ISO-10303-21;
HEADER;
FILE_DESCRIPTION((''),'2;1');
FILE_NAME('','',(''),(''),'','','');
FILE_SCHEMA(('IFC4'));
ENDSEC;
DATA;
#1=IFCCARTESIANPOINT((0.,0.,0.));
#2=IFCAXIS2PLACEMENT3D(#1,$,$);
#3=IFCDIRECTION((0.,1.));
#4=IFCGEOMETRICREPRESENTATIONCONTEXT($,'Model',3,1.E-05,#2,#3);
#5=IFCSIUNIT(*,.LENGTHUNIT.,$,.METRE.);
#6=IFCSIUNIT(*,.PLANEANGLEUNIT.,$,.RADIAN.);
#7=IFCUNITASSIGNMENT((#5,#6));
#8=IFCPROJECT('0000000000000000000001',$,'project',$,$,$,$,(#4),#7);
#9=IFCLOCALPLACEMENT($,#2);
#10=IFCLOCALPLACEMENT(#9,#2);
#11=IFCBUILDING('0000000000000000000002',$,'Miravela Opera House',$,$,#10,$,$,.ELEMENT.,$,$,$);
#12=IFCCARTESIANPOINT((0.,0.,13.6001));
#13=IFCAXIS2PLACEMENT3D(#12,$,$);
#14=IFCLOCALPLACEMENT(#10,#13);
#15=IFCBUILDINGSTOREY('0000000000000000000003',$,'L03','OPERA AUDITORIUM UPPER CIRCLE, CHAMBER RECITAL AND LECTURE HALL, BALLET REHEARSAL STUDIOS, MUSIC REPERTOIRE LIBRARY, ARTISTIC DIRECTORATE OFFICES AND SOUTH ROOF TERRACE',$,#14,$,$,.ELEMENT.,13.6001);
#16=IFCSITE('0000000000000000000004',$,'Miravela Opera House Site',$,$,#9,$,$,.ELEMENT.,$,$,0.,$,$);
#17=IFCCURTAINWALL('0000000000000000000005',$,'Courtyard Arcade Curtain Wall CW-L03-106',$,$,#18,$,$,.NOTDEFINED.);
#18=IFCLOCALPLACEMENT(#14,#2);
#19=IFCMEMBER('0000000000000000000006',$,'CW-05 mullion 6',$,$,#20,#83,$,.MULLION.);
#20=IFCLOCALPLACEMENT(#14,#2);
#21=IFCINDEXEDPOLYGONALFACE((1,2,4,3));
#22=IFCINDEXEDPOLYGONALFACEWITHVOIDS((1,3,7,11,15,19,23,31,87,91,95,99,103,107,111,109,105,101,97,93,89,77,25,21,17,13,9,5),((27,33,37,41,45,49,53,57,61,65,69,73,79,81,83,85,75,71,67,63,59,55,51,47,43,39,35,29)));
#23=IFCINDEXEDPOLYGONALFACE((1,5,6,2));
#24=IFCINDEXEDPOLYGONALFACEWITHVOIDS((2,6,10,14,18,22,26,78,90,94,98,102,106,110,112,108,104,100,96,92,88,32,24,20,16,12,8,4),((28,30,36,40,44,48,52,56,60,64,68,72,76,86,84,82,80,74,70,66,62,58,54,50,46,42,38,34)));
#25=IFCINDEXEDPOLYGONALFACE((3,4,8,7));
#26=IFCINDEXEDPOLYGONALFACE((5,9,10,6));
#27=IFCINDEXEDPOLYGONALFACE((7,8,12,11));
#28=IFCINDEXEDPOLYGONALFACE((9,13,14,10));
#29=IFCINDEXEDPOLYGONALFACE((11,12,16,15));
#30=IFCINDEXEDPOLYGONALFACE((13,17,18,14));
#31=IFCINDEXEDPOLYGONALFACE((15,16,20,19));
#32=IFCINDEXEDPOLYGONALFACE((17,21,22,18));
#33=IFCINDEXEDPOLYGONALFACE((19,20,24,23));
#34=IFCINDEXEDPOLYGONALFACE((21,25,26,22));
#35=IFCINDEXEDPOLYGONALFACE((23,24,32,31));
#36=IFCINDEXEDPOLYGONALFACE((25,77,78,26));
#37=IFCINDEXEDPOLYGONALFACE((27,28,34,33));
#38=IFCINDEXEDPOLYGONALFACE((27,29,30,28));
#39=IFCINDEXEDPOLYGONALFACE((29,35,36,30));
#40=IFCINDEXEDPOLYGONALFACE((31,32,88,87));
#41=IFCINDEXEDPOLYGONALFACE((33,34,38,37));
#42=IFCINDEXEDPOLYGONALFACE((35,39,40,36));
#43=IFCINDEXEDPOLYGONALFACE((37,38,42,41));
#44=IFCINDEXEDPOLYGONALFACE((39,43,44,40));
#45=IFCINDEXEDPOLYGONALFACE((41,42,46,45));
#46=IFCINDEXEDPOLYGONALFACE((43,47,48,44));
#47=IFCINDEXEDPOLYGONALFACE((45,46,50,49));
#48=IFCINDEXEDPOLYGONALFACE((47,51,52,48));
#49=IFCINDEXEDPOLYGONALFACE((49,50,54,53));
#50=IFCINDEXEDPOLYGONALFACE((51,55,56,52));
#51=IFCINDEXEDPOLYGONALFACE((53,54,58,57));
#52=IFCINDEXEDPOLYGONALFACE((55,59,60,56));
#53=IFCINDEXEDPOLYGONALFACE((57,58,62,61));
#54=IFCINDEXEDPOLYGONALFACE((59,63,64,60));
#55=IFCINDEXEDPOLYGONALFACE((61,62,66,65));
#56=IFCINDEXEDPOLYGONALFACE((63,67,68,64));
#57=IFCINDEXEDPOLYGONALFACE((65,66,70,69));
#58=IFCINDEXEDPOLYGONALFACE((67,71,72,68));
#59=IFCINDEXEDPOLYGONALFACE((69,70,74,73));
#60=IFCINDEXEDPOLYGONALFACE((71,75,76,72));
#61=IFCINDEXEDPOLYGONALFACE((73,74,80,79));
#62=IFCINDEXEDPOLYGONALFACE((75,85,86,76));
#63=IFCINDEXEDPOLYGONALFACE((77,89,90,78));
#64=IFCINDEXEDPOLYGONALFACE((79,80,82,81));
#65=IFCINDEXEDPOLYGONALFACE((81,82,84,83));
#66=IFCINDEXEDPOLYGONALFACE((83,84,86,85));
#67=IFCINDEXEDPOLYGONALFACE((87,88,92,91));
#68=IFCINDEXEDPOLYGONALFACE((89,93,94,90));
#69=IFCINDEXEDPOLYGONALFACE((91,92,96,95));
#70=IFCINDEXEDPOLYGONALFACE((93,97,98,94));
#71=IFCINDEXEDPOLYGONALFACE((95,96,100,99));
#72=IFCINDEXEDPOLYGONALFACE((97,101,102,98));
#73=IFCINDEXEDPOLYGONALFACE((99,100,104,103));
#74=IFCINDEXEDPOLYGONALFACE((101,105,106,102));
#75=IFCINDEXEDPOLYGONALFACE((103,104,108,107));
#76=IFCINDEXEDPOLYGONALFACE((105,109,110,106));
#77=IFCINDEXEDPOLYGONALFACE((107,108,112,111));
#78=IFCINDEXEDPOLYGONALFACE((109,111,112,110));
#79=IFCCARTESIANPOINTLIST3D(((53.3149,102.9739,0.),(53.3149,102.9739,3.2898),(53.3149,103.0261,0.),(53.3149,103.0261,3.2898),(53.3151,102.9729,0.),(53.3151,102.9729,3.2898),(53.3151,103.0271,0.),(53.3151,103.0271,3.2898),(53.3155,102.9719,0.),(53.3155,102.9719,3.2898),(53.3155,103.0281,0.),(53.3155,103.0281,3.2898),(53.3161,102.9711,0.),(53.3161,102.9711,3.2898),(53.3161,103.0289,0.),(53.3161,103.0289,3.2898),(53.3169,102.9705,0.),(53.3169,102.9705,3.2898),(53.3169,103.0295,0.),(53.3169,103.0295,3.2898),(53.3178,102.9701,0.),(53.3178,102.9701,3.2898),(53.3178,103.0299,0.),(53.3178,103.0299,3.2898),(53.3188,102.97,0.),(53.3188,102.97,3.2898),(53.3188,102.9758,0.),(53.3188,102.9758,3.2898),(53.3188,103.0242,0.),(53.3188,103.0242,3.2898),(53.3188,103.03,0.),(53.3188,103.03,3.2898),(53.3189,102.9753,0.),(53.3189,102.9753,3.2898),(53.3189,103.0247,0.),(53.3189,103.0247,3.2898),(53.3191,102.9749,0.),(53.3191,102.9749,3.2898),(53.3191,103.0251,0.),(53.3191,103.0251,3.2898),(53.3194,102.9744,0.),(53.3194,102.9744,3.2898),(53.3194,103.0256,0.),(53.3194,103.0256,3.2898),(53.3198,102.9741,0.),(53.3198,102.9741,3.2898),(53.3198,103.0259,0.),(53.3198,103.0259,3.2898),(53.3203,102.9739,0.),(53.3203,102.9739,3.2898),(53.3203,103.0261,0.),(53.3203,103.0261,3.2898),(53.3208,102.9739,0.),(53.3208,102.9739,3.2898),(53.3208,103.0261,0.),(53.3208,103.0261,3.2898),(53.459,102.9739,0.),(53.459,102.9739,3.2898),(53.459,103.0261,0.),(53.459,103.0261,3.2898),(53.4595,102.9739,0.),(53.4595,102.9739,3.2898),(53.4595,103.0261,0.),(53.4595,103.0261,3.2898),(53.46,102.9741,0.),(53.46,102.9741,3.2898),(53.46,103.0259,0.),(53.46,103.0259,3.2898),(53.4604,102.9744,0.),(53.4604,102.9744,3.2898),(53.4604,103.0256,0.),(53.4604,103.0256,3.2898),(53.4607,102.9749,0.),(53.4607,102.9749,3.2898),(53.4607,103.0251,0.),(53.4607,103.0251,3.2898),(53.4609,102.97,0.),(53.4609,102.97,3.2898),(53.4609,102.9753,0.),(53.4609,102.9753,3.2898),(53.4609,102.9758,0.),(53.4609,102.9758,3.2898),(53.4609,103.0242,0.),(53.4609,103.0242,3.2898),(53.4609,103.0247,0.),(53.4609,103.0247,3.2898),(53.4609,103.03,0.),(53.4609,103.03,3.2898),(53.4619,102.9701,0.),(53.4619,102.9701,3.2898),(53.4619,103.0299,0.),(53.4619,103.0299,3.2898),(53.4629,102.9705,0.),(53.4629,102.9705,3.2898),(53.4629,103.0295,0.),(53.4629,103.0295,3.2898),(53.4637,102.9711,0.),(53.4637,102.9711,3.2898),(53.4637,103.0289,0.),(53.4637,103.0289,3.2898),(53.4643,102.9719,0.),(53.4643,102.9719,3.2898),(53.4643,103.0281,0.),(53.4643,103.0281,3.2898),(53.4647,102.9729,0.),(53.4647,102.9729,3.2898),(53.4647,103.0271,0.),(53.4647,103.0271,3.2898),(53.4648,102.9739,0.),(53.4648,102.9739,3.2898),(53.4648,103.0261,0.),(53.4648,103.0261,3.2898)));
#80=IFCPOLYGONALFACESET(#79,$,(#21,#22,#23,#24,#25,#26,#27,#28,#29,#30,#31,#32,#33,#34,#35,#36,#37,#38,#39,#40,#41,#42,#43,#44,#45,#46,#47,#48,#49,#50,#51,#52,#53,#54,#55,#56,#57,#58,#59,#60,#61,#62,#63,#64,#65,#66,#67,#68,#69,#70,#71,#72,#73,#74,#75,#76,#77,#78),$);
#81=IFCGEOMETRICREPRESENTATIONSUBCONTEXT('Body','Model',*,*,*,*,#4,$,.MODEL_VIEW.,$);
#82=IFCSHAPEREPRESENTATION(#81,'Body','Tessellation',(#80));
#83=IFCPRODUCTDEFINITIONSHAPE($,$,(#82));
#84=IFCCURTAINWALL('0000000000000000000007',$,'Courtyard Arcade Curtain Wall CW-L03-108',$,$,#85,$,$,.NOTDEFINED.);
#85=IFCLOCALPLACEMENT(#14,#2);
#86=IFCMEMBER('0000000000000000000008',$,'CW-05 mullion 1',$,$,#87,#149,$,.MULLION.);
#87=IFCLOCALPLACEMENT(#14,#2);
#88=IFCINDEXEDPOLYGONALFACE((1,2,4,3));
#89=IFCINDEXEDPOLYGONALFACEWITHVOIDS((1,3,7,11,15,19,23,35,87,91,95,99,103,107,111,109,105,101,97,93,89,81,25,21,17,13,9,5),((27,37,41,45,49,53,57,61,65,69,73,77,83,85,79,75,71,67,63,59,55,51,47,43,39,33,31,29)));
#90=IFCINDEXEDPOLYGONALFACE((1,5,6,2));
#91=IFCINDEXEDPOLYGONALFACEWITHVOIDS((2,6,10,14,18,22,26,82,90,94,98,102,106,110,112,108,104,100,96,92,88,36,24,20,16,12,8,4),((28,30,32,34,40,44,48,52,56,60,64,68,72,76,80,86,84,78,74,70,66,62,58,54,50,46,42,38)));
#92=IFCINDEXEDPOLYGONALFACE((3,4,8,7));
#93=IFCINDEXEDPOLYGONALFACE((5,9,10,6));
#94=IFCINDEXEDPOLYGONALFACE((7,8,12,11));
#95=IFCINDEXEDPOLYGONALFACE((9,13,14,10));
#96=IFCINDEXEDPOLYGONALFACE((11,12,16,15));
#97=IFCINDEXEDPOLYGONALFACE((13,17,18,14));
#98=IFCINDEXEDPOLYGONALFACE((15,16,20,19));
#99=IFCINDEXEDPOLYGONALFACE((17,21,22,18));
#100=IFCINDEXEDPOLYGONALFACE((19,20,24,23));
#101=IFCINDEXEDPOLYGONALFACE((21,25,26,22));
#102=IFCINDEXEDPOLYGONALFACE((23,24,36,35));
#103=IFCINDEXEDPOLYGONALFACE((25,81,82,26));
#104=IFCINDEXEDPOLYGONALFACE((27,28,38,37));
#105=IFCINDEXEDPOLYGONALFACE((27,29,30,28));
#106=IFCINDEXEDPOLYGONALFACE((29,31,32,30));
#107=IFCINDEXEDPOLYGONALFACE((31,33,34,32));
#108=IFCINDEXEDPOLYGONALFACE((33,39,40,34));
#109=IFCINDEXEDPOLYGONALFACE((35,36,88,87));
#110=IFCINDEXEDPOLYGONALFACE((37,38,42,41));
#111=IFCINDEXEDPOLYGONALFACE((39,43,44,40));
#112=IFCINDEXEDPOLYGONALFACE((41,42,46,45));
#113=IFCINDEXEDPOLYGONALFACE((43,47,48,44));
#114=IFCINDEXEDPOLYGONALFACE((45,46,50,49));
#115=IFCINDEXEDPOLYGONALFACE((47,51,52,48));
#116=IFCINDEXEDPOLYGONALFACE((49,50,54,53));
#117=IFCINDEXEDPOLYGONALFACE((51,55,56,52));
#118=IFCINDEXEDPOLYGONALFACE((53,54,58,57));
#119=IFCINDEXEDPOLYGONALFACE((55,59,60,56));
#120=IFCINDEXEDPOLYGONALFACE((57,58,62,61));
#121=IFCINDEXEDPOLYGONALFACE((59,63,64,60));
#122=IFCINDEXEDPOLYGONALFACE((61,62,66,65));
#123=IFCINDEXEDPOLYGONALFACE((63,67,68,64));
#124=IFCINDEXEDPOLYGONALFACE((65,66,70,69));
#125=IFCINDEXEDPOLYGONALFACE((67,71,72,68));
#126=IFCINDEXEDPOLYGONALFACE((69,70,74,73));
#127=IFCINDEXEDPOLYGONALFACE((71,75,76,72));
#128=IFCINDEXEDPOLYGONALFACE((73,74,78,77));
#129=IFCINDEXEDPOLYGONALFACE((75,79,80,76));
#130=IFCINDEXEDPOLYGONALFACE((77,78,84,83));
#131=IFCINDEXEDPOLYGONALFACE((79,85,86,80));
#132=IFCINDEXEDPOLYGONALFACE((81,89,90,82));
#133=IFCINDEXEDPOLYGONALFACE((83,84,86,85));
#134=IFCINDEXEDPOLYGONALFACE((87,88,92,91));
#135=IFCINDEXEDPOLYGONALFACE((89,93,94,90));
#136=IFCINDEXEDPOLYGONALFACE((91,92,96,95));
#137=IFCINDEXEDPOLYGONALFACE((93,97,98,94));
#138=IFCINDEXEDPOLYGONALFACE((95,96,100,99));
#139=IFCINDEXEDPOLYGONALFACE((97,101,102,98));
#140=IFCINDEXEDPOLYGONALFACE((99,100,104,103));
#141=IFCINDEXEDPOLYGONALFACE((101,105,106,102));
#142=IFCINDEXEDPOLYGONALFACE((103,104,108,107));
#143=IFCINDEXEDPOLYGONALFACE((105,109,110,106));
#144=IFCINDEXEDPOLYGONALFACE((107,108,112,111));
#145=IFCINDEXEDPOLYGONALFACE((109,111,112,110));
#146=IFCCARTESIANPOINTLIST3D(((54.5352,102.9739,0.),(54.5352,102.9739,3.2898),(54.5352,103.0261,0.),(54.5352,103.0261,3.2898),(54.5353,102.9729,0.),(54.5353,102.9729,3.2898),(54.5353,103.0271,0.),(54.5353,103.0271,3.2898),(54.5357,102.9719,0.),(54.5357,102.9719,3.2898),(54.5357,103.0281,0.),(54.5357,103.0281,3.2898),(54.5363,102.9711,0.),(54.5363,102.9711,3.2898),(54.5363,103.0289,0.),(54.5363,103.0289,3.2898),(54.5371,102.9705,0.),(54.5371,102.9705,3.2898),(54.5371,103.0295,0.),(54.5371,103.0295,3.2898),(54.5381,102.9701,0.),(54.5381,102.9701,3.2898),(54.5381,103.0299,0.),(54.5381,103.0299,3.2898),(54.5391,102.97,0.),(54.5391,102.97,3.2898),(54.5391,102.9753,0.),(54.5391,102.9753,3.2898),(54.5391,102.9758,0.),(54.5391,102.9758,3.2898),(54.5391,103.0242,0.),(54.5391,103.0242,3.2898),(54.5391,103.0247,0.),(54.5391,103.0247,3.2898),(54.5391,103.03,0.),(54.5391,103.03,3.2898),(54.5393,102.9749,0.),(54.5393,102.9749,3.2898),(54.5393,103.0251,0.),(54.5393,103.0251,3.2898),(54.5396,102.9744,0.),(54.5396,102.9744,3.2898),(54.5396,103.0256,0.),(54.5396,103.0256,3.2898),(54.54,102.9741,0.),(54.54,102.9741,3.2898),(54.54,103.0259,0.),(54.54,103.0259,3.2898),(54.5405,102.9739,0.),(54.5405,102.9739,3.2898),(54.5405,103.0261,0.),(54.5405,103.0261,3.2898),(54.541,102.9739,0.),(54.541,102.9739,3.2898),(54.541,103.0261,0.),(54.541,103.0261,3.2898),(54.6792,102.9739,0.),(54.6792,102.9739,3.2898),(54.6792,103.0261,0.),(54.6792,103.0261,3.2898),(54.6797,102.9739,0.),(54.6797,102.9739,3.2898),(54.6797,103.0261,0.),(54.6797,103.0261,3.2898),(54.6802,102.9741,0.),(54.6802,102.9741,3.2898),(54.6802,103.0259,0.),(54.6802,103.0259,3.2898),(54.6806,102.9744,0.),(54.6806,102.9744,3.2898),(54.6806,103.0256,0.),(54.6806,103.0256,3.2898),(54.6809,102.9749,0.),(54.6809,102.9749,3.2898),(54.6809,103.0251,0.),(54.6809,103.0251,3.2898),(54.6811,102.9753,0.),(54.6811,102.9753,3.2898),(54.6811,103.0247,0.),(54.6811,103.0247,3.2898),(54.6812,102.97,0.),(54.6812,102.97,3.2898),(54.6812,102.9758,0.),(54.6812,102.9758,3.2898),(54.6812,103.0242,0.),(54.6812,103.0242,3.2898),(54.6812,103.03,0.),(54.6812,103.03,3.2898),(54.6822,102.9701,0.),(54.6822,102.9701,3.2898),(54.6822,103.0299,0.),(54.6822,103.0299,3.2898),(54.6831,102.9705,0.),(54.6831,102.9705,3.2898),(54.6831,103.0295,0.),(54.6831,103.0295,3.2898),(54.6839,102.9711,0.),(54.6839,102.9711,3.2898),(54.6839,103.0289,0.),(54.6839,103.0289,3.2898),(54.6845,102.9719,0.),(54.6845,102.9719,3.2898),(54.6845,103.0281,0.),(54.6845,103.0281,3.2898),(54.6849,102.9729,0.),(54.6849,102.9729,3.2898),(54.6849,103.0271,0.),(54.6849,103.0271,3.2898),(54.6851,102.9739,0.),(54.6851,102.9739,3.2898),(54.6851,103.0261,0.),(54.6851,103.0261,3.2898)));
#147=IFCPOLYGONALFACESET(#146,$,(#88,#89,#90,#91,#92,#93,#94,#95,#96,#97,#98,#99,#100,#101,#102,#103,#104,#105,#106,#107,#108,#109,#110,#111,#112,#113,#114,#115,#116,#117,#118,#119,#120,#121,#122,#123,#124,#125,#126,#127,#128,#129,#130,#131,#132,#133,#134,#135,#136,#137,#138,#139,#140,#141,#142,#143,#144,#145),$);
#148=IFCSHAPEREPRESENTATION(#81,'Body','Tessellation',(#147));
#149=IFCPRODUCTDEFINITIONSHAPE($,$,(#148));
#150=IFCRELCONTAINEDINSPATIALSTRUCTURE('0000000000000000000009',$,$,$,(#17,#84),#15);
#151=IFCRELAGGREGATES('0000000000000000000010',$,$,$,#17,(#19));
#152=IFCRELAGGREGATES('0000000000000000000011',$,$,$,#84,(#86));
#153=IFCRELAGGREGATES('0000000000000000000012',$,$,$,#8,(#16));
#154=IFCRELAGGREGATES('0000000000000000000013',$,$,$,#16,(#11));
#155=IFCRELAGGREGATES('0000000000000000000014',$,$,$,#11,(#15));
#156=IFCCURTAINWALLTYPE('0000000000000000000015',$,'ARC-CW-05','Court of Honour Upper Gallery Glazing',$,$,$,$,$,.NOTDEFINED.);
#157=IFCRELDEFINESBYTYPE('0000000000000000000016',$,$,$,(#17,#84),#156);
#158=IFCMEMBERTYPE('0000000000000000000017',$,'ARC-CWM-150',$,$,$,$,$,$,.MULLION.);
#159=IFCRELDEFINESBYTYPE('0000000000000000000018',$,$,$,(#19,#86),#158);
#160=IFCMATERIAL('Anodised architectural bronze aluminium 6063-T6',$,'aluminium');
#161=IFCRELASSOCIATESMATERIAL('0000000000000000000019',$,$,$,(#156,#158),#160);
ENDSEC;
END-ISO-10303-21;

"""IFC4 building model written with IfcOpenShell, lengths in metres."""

from ifc_helpers import new_model, si_unit, direction, frame, origin, origin_2d, place, context, subcontext, project, spatial, hollow_rectangle, extrude, material, material_profile, profile_set, type_object, element, aggregate, save


model = new_model("IFC4")

# Units and contexts
model_context = context("Model", 3, precision=1e-05, world=origin(), true_north=direction((0.0, 1.0)))
body_context = subcontext(model_context, "Body", "Model", "MODEL_VIEW")
ifc_project = project(units=[si_unit("LENGTHUNIT", "METRE"), si_unit("PLANEANGLEUNIT", "RADIAN")], contexts=[model_context])

# Site, building, storey
site_placement = place(None, origin())
site = spatial("IfcSite", under=ifc_project, at=site_placement, Name="Miravela Opera House Site", CompositionType="ELEMENT", RefElevation=0.0)
building_placement = place(site_placement, origin())
building = spatial("IfcBuilding", under=site, at=building_placement, Name="Miravela Opera House", CompositionType="ELEMENT")
storey_placement = place(building_placement, frame((0.0, 0.0, 13.6001)))
storey = spatial("IfcBuildingStorey", under=building, at=storey_placement, Name="L03", Description="OPERA AUDITORIUM UPPER CIRCLE, CHAMBER RECITAL AND LECTURE HALL, BALLET REHEARSAL STUDIOS, MUSIC REPERTOIRE LIBRARY, ARTISTIC DIRECTORATE OFFICES AND SOUTH ROOF TERRACE", CompositionType="ELEMENT", Elevation=13.6001)

# Curtain walls, members
ifc_material_1 = material(Name="Anodised architectural bronze aluminium 6063-T6", Category="aluminium")
curtain_wall_type = type_object("IfcCurtainWallType", Name="ARC-CW-05", Description="Court of Honour Upper Gallery Glazing", PredefinedType="NOTDEFINED", material=ifc_material_1)
curtain_wall_1_placement = place(storey_placement, origin())
curtain_wall_1 = element("IfcCurtainWall", 1, at=curtain_wall_1_placement, inside=storey, type_object=curtain_wall_type, Name="Courtyard Arcade Curtain Wall CW-L03-106", PredefinedType="NOTDEFINED")
ifc_material_profile_1 = material_profile(ifc_material_1, hollow_rectangle(XDim=0.0601, YDim=0.1499, WallThickness=0.0039, InnerFilletRadius=0.002, OuterFilletRadius=0.0039, at=origin_2d()), Name="CWM-60X150")
ifc_profile_set_1 = profile_set([ifc_material_profile_1])
member_type_1 = type_object("IfcMemberType", Name="ARC-CWM-150", PredefinedType="MULLION", material=ifc_profile_set_1)
member_1_placement = place(storey_placement, frame((53.3899, 103.0, 0.0), z_axis=(0.0, 0.0, 1.0), x_axis=(0.0, 1.0, 0.0)))
member_1 = element("IfcMember", 2, at=member_1_placement, type_object=member_type_1, Name="CW-05 mullion 6", PredefinedType="MULLION", context=body_context, shape_type="SweptSolid", body=[
    extrude(hollow_rectangle(XDim=0.0601, YDim=0.1499, WallThickness=0.0039, InnerFilletRadius=0.002, OuterFilletRadius=0.0039, at=origin_2d()), origin(), (0.0, 0.0, 1.0), 3.2898),
])
curtain_wall_2_placement = place(storey_placement, origin())
curtain_wall_2 = element("IfcCurtainWall", 3, at=curtain_wall_2_placement, inside=storey, type_object=curtain_wall_type, Name="Courtyard Arcade Curtain Wall CW-L03-108", PredefinedType="NOTDEFINED")
member_2_placement = place(storey_placement, frame((54.6101, 103.0, 0.0), z_axis=(0.0, 0.0, 1.0), x_axis=(0.0, 1.0, 0.0)))
member_2 = element("IfcMember", 4, at=member_2_placement, type_object=member_type_1, Name="CW-05 mullion 1", PredefinedType="MULLION", context=body_context, shape_type="SweptSolid", body=[
    extrude(hollow_rectangle(XDim=0.0601, YDim=0.1499, WallThickness=0.0039, InnerFilletRadius=0.002, OuterFilletRadius=0.0039, at=origin_2d()), origin(), (0.0, 0.0, 1.0), 3.2898),
])

aggregate(curtain_wall_1, [member_1])
aggregate(curtain_wall_2, [member_2])

save(model, "model.ifc")
